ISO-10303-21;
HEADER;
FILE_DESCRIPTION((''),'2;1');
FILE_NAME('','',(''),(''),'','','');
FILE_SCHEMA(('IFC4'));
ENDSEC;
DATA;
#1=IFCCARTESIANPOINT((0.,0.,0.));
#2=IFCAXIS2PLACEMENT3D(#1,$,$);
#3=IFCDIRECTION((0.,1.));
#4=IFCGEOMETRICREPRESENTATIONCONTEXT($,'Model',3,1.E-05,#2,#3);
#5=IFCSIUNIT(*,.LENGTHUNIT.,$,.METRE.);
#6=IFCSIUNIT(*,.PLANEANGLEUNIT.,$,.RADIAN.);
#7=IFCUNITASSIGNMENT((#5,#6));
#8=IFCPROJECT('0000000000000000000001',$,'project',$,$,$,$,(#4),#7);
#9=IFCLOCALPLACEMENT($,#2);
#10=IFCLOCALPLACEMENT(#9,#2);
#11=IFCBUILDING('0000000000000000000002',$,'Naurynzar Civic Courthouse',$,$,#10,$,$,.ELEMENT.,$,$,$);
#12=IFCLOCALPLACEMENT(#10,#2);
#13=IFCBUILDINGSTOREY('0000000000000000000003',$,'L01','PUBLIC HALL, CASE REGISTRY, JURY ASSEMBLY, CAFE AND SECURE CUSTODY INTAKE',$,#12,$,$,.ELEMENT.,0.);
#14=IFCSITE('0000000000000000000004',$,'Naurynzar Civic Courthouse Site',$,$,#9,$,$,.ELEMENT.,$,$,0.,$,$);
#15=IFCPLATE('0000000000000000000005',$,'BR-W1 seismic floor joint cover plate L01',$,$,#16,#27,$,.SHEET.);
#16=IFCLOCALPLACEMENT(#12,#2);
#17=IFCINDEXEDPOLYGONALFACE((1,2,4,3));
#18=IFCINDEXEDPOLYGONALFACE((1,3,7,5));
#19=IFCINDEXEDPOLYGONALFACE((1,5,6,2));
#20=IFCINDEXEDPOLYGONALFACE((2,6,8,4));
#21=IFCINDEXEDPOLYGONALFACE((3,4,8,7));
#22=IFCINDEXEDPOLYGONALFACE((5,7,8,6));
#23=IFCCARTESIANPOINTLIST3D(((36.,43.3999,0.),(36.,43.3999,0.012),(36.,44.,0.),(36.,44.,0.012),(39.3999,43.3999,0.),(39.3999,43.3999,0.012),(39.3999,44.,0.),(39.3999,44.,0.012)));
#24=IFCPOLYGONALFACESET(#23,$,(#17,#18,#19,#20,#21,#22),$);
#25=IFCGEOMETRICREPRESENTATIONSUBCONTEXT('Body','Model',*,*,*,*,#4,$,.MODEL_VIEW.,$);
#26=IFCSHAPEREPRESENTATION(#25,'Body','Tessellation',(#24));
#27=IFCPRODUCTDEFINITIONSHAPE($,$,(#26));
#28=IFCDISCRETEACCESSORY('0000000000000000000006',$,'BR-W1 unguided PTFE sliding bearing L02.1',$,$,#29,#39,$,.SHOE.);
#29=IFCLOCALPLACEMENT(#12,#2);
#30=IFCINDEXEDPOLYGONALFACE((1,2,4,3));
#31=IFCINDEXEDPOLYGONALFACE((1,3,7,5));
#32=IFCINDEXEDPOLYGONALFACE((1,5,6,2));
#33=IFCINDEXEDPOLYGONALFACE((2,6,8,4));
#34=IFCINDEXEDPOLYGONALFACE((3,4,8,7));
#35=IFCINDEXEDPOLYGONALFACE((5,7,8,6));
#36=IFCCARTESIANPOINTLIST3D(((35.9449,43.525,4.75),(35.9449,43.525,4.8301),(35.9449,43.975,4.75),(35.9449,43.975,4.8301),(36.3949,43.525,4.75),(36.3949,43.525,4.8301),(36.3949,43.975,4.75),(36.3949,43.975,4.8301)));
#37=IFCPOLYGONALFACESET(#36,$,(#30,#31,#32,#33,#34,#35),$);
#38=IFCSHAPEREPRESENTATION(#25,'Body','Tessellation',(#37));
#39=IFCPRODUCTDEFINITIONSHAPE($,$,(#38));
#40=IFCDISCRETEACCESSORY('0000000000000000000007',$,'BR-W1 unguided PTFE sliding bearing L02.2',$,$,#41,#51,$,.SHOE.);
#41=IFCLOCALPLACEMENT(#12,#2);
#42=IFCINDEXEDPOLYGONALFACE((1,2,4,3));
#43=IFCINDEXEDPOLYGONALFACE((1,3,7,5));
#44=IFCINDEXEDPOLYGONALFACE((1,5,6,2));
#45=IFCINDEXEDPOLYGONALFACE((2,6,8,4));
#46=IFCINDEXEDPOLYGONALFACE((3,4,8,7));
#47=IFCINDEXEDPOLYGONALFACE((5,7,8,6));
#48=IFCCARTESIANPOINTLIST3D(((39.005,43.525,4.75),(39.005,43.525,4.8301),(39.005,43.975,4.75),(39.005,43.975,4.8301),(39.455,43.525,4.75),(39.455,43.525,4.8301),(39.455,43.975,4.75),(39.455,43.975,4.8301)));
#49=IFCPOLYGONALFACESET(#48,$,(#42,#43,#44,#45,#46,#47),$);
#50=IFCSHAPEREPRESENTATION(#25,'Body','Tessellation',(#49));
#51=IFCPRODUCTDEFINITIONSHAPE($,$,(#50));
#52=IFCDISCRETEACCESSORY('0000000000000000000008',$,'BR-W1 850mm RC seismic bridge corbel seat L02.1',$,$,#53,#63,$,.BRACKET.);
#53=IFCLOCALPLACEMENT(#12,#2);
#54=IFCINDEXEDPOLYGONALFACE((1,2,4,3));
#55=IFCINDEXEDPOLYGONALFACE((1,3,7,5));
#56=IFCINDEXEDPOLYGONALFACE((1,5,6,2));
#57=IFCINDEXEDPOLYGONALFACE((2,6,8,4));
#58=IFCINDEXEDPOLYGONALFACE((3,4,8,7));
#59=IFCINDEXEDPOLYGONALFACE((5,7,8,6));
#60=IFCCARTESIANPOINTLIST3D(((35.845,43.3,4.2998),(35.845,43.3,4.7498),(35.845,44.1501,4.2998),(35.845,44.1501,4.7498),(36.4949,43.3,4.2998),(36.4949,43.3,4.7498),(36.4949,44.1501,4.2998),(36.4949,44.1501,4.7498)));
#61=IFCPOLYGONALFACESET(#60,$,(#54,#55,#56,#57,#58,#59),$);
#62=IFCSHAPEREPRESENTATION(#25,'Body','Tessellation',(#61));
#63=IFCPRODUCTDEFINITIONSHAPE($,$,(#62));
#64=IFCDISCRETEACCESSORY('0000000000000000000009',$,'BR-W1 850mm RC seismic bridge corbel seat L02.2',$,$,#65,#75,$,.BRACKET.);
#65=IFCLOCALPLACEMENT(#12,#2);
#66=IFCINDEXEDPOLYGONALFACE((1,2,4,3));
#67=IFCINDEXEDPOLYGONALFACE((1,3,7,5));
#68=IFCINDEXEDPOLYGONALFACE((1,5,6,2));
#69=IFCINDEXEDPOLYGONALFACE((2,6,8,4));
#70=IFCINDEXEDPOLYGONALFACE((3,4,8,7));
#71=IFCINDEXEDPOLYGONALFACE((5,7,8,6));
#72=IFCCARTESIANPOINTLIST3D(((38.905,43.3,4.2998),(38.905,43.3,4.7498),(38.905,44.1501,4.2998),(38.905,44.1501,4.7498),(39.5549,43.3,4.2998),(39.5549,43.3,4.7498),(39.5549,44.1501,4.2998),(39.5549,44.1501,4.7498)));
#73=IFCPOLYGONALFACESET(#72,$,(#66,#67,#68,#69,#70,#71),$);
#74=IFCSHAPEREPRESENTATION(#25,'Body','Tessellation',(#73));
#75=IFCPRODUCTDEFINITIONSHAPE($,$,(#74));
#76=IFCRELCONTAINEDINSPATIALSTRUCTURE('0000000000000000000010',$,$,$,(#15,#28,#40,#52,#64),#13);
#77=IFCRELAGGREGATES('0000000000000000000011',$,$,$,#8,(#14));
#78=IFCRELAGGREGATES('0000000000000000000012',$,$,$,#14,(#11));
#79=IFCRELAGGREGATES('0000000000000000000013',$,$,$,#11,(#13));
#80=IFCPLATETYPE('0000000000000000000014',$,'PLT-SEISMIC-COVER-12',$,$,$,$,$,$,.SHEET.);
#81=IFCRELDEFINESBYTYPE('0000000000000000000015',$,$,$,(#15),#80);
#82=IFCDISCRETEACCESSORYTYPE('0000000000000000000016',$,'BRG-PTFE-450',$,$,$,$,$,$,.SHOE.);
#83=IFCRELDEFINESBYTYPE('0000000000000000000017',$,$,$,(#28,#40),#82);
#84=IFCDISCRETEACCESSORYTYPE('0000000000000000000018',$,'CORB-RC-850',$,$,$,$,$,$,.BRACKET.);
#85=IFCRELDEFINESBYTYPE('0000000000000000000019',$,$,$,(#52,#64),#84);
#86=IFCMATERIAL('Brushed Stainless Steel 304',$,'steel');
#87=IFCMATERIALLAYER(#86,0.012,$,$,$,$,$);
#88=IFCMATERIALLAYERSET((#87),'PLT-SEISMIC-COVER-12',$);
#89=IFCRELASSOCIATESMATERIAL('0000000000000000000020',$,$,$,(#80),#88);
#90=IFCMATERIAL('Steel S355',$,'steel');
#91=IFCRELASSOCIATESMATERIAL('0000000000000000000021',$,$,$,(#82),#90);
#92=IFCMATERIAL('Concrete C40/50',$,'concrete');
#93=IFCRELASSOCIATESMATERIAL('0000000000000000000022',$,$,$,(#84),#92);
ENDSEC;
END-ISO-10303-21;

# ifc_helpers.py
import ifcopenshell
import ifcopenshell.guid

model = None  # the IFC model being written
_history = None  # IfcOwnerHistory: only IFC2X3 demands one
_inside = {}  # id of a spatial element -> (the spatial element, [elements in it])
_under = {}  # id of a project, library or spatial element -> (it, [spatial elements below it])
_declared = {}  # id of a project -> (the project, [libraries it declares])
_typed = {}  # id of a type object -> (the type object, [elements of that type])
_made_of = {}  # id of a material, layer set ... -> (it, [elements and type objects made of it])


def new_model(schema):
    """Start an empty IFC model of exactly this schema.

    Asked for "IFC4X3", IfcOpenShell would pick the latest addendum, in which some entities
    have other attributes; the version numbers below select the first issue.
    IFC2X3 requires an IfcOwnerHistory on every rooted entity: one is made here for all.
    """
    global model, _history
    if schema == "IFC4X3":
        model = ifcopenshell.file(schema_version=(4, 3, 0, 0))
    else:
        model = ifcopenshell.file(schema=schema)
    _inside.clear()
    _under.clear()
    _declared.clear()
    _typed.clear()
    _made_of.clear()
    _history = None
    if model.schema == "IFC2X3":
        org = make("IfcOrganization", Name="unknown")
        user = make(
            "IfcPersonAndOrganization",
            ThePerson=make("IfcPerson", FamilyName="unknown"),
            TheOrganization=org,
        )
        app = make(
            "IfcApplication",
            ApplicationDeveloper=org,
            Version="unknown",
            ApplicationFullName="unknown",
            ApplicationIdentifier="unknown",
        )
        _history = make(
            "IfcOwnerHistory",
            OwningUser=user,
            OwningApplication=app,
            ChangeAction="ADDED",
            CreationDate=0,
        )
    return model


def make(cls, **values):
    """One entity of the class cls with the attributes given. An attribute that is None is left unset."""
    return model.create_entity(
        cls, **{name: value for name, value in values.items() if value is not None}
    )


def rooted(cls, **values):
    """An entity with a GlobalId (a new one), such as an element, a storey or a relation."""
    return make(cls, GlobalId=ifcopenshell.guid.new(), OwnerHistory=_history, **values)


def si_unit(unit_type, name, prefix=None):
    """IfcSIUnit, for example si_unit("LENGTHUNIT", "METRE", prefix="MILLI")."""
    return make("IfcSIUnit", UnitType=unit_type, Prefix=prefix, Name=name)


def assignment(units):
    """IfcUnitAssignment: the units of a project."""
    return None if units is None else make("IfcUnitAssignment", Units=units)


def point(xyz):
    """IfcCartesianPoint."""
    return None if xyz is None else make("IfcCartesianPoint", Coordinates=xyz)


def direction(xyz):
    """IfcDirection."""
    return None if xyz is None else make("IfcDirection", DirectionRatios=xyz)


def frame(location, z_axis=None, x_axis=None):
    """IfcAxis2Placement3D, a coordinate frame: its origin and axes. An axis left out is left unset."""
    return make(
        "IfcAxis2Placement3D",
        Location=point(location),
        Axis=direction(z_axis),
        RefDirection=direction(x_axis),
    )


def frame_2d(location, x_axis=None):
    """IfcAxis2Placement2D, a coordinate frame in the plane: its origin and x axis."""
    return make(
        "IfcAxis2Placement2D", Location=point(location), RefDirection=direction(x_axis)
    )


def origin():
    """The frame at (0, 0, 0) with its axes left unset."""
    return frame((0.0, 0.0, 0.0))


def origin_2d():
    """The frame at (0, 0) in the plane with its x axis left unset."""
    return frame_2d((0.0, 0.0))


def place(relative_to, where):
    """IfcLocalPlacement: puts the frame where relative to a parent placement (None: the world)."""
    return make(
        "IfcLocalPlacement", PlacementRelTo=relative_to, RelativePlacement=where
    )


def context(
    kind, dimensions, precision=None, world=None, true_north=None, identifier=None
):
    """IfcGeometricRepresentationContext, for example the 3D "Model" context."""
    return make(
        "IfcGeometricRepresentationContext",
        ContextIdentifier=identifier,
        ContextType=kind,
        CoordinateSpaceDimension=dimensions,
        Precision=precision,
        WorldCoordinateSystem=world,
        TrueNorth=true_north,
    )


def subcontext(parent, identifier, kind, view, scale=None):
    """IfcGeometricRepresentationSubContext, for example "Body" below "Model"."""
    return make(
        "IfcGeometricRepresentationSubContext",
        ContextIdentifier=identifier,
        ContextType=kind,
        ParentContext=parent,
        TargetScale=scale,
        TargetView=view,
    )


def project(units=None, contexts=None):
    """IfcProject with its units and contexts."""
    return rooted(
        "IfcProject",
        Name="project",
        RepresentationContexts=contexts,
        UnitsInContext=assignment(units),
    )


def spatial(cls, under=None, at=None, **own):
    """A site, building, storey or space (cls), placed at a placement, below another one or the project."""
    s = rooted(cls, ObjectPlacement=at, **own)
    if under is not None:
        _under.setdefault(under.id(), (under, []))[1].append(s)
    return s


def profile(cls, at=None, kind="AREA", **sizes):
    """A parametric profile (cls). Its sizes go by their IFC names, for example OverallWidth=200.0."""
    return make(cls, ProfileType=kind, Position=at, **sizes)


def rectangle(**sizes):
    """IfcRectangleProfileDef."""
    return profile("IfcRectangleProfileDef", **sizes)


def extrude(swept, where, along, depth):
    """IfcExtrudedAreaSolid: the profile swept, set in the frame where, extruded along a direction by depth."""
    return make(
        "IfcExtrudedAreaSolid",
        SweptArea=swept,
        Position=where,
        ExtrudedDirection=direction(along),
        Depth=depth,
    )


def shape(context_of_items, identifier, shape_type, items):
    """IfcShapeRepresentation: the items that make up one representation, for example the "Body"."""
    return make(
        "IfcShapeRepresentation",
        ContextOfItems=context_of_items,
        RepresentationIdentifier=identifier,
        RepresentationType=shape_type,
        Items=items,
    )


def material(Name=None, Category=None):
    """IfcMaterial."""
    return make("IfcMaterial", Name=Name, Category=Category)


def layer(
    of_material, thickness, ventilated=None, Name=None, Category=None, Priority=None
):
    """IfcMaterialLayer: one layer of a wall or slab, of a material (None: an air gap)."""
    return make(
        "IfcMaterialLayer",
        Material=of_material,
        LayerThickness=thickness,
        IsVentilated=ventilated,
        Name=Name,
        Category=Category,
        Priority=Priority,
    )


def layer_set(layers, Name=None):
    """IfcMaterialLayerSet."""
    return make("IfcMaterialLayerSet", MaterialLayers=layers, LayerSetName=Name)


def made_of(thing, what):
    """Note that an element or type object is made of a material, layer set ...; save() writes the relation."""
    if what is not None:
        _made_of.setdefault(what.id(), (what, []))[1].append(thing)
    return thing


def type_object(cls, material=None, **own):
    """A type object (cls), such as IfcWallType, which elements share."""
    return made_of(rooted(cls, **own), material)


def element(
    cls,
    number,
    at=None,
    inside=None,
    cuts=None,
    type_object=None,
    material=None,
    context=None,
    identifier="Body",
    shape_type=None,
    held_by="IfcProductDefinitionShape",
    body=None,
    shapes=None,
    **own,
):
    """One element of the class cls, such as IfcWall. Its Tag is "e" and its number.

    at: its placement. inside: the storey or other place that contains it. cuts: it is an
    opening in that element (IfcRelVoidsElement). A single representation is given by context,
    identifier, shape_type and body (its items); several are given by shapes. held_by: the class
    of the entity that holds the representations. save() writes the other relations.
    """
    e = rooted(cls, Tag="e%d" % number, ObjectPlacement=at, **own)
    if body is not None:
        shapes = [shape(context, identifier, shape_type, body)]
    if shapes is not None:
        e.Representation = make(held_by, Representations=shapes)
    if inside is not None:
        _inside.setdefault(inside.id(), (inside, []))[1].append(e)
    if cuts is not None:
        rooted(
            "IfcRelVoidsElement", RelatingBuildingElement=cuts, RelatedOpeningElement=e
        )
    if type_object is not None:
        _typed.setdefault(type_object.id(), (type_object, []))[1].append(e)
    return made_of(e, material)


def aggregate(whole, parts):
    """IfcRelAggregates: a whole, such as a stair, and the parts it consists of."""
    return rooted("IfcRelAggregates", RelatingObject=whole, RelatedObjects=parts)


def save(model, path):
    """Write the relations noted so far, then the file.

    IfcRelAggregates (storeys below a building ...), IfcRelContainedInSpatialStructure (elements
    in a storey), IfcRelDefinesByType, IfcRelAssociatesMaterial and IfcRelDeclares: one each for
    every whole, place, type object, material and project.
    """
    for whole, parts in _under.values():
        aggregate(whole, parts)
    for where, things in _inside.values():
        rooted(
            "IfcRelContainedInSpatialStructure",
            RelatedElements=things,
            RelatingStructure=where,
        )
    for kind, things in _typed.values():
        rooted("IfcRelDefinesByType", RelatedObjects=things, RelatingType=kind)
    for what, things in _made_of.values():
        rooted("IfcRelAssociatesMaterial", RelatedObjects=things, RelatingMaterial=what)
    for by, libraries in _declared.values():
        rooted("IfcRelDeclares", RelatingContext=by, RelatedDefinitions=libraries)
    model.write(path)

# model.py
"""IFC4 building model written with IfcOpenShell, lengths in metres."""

from ifc_helpers import new_model, si_unit, direction, frame, origin, origin_2d, place, context, subcontext, project, spatial, rectangle, extrude, material, layer, layer_set, type_object, element, save


model = new_model("IFC4")

# Units and contexts
model_context = context("Model", 3, precision=1e-05, world=origin(), true_north=direction((0.0, 1.0)))
body_context = subcontext(model_context, "Body", "Model", "MODEL_VIEW")
ifc_project = project(units=[si_unit("LENGTHUNIT", "METRE"), si_unit("PLANEANGLEUNIT", "RADIAN")], contexts=[model_context])

# Site, building, storey
site_placement = place(None, origin())
site = spatial("IfcSite", under=ifc_project, at=site_placement, Name="Naurynzar Civic Courthouse Site", CompositionType="ELEMENT", RefElevation=0.0)
building_placement = place(site_placement, origin())
building = spatial("IfcBuilding", under=site, at=building_placement, Name="Naurynzar Civic Courthouse", CompositionType="ELEMENT")
storey_placement = place(building_placement, origin())
storey = spatial("IfcBuildingStorey", under=building, at=storey_placement, Name="L01", Description="PUBLIC HALL, CASE REGISTRY, JURY ASSEMBLY, CAFE AND SECURE CUSTODY INTAKE", CompositionType="ELEMENT", Elevation=0.0)

# Plate
ifc_material_1 = material(Name="Brushed Stainless Steel 304", Category="steel")
ifc_layer_1 = layer(ifc_material_1, 0.012)
ifc_layer_set_1 = layer_set([ifc_layer_1], Name="PLT-SEISMIC-COVER-12")
plate_type_1 = type_object("IfcPlateType", Name="PLT-SEISMIC-COVER-12", PredefinedType="SHEET", material=ifc_layer_set_1)
plate_1_placement = place(storey_placement, frame((37.7, 43.7, 0.0), z_axis=(0.0, 0.0, 1.0), x_axis=(1.0, 0.0, 0.0)))
element("IfcPlate", 1, at=plate_1_placement, inside=storey, type_object=plate_type_1, Name="BR-W1 seismic floor joint cover plate L01", PredefinedType="SHEET", context=body_context, shape_type="SweptSolid", body=[
    extrude(rectangle(XDim=3.3999, YDim=0.6001, at=origin_2d()), origin(), (0.0, 0.0, 1.0), 0.012),
])

# Discrete accessories
ifc_material_2 = material(Name="Steel S355", Category="steel")
discrete_accessory_type_1 = type_object("IfcDiscreteAccessoryType", Name="BRG-PTFE-450", PredefinedType="SHOE", material=ifc_material_2)
for number, where, z_axis, x_axis, name in (
    (2, (36.1699, 43.75, 4.75), (0.0, 0.0, 1.0), (1.0, 0.0, 0.0), "BR-W1 unguided PTFE sliding bearing L02.1"),
    (3, (39.23, 43.75, 4.75), (0.0, 0.0, 1.0), (1.0, 0.0, 0.0), "BR-W1 unguided PTFE sliding bearing L02.2"),
):
    element("IfcDiscreteAccessory", number, at=place(storey_placement, frame(where, z_axis=z_axis, x_axis=x_axis)), inside=storey, type_object=discrete_accessory_type_1, Name=name, PredefinedType="SHOE", context=body_context, shape_type="SweptSolid", body=[
        extrude(rectangle(XDim=0.45, YDim=0.45, at=origin_2d()), origin(), (0.0, 0.0, 1.0), 0.0801),
    ])
ifc_material_3 = material(Name="Concrete C40/50", Category="concrete")
discrete_accessory_type_2 = type_object("IfcDiscreteAccessoryType", Name="CORB-RC-850", PredefinedType="BRACKET", material=ifc_material_3)
for number, where, z_axis, x_axis, name in (
    (4, (36.1699, 43.7251, 4.2998), (0.0, 0.0, 1.0), (1.0, 0.0, 0.0), "BR-W1 850mm RC seismic bridge corbel seat L02.1"),
    (5, (39.23, 43.7251, 4.2998), (0.0, 0.0, 1.0), (1.0, 0.0, 0.0), "BR-W1 850mm RC seismic bridge corbel seat L02.2"),
):
    element("IfcDiscreteAccessory", number, at=place(storey_placement, frame(where, z_axis=z_axis, x_axis=x_axis)), inside=storey, type_object=discrete_accessory_type_2, Name=name, PredefinedType="BRACKET", context=body_context, shape_type="SweptSolid", body=[
        extrude(rectangle(XDim=0.6499, YDim=0.8501, at=origin_2d()), origin(), (0.0, 0.0, 1.0), 0.45),
    ])

save(model, "model.ifc")
